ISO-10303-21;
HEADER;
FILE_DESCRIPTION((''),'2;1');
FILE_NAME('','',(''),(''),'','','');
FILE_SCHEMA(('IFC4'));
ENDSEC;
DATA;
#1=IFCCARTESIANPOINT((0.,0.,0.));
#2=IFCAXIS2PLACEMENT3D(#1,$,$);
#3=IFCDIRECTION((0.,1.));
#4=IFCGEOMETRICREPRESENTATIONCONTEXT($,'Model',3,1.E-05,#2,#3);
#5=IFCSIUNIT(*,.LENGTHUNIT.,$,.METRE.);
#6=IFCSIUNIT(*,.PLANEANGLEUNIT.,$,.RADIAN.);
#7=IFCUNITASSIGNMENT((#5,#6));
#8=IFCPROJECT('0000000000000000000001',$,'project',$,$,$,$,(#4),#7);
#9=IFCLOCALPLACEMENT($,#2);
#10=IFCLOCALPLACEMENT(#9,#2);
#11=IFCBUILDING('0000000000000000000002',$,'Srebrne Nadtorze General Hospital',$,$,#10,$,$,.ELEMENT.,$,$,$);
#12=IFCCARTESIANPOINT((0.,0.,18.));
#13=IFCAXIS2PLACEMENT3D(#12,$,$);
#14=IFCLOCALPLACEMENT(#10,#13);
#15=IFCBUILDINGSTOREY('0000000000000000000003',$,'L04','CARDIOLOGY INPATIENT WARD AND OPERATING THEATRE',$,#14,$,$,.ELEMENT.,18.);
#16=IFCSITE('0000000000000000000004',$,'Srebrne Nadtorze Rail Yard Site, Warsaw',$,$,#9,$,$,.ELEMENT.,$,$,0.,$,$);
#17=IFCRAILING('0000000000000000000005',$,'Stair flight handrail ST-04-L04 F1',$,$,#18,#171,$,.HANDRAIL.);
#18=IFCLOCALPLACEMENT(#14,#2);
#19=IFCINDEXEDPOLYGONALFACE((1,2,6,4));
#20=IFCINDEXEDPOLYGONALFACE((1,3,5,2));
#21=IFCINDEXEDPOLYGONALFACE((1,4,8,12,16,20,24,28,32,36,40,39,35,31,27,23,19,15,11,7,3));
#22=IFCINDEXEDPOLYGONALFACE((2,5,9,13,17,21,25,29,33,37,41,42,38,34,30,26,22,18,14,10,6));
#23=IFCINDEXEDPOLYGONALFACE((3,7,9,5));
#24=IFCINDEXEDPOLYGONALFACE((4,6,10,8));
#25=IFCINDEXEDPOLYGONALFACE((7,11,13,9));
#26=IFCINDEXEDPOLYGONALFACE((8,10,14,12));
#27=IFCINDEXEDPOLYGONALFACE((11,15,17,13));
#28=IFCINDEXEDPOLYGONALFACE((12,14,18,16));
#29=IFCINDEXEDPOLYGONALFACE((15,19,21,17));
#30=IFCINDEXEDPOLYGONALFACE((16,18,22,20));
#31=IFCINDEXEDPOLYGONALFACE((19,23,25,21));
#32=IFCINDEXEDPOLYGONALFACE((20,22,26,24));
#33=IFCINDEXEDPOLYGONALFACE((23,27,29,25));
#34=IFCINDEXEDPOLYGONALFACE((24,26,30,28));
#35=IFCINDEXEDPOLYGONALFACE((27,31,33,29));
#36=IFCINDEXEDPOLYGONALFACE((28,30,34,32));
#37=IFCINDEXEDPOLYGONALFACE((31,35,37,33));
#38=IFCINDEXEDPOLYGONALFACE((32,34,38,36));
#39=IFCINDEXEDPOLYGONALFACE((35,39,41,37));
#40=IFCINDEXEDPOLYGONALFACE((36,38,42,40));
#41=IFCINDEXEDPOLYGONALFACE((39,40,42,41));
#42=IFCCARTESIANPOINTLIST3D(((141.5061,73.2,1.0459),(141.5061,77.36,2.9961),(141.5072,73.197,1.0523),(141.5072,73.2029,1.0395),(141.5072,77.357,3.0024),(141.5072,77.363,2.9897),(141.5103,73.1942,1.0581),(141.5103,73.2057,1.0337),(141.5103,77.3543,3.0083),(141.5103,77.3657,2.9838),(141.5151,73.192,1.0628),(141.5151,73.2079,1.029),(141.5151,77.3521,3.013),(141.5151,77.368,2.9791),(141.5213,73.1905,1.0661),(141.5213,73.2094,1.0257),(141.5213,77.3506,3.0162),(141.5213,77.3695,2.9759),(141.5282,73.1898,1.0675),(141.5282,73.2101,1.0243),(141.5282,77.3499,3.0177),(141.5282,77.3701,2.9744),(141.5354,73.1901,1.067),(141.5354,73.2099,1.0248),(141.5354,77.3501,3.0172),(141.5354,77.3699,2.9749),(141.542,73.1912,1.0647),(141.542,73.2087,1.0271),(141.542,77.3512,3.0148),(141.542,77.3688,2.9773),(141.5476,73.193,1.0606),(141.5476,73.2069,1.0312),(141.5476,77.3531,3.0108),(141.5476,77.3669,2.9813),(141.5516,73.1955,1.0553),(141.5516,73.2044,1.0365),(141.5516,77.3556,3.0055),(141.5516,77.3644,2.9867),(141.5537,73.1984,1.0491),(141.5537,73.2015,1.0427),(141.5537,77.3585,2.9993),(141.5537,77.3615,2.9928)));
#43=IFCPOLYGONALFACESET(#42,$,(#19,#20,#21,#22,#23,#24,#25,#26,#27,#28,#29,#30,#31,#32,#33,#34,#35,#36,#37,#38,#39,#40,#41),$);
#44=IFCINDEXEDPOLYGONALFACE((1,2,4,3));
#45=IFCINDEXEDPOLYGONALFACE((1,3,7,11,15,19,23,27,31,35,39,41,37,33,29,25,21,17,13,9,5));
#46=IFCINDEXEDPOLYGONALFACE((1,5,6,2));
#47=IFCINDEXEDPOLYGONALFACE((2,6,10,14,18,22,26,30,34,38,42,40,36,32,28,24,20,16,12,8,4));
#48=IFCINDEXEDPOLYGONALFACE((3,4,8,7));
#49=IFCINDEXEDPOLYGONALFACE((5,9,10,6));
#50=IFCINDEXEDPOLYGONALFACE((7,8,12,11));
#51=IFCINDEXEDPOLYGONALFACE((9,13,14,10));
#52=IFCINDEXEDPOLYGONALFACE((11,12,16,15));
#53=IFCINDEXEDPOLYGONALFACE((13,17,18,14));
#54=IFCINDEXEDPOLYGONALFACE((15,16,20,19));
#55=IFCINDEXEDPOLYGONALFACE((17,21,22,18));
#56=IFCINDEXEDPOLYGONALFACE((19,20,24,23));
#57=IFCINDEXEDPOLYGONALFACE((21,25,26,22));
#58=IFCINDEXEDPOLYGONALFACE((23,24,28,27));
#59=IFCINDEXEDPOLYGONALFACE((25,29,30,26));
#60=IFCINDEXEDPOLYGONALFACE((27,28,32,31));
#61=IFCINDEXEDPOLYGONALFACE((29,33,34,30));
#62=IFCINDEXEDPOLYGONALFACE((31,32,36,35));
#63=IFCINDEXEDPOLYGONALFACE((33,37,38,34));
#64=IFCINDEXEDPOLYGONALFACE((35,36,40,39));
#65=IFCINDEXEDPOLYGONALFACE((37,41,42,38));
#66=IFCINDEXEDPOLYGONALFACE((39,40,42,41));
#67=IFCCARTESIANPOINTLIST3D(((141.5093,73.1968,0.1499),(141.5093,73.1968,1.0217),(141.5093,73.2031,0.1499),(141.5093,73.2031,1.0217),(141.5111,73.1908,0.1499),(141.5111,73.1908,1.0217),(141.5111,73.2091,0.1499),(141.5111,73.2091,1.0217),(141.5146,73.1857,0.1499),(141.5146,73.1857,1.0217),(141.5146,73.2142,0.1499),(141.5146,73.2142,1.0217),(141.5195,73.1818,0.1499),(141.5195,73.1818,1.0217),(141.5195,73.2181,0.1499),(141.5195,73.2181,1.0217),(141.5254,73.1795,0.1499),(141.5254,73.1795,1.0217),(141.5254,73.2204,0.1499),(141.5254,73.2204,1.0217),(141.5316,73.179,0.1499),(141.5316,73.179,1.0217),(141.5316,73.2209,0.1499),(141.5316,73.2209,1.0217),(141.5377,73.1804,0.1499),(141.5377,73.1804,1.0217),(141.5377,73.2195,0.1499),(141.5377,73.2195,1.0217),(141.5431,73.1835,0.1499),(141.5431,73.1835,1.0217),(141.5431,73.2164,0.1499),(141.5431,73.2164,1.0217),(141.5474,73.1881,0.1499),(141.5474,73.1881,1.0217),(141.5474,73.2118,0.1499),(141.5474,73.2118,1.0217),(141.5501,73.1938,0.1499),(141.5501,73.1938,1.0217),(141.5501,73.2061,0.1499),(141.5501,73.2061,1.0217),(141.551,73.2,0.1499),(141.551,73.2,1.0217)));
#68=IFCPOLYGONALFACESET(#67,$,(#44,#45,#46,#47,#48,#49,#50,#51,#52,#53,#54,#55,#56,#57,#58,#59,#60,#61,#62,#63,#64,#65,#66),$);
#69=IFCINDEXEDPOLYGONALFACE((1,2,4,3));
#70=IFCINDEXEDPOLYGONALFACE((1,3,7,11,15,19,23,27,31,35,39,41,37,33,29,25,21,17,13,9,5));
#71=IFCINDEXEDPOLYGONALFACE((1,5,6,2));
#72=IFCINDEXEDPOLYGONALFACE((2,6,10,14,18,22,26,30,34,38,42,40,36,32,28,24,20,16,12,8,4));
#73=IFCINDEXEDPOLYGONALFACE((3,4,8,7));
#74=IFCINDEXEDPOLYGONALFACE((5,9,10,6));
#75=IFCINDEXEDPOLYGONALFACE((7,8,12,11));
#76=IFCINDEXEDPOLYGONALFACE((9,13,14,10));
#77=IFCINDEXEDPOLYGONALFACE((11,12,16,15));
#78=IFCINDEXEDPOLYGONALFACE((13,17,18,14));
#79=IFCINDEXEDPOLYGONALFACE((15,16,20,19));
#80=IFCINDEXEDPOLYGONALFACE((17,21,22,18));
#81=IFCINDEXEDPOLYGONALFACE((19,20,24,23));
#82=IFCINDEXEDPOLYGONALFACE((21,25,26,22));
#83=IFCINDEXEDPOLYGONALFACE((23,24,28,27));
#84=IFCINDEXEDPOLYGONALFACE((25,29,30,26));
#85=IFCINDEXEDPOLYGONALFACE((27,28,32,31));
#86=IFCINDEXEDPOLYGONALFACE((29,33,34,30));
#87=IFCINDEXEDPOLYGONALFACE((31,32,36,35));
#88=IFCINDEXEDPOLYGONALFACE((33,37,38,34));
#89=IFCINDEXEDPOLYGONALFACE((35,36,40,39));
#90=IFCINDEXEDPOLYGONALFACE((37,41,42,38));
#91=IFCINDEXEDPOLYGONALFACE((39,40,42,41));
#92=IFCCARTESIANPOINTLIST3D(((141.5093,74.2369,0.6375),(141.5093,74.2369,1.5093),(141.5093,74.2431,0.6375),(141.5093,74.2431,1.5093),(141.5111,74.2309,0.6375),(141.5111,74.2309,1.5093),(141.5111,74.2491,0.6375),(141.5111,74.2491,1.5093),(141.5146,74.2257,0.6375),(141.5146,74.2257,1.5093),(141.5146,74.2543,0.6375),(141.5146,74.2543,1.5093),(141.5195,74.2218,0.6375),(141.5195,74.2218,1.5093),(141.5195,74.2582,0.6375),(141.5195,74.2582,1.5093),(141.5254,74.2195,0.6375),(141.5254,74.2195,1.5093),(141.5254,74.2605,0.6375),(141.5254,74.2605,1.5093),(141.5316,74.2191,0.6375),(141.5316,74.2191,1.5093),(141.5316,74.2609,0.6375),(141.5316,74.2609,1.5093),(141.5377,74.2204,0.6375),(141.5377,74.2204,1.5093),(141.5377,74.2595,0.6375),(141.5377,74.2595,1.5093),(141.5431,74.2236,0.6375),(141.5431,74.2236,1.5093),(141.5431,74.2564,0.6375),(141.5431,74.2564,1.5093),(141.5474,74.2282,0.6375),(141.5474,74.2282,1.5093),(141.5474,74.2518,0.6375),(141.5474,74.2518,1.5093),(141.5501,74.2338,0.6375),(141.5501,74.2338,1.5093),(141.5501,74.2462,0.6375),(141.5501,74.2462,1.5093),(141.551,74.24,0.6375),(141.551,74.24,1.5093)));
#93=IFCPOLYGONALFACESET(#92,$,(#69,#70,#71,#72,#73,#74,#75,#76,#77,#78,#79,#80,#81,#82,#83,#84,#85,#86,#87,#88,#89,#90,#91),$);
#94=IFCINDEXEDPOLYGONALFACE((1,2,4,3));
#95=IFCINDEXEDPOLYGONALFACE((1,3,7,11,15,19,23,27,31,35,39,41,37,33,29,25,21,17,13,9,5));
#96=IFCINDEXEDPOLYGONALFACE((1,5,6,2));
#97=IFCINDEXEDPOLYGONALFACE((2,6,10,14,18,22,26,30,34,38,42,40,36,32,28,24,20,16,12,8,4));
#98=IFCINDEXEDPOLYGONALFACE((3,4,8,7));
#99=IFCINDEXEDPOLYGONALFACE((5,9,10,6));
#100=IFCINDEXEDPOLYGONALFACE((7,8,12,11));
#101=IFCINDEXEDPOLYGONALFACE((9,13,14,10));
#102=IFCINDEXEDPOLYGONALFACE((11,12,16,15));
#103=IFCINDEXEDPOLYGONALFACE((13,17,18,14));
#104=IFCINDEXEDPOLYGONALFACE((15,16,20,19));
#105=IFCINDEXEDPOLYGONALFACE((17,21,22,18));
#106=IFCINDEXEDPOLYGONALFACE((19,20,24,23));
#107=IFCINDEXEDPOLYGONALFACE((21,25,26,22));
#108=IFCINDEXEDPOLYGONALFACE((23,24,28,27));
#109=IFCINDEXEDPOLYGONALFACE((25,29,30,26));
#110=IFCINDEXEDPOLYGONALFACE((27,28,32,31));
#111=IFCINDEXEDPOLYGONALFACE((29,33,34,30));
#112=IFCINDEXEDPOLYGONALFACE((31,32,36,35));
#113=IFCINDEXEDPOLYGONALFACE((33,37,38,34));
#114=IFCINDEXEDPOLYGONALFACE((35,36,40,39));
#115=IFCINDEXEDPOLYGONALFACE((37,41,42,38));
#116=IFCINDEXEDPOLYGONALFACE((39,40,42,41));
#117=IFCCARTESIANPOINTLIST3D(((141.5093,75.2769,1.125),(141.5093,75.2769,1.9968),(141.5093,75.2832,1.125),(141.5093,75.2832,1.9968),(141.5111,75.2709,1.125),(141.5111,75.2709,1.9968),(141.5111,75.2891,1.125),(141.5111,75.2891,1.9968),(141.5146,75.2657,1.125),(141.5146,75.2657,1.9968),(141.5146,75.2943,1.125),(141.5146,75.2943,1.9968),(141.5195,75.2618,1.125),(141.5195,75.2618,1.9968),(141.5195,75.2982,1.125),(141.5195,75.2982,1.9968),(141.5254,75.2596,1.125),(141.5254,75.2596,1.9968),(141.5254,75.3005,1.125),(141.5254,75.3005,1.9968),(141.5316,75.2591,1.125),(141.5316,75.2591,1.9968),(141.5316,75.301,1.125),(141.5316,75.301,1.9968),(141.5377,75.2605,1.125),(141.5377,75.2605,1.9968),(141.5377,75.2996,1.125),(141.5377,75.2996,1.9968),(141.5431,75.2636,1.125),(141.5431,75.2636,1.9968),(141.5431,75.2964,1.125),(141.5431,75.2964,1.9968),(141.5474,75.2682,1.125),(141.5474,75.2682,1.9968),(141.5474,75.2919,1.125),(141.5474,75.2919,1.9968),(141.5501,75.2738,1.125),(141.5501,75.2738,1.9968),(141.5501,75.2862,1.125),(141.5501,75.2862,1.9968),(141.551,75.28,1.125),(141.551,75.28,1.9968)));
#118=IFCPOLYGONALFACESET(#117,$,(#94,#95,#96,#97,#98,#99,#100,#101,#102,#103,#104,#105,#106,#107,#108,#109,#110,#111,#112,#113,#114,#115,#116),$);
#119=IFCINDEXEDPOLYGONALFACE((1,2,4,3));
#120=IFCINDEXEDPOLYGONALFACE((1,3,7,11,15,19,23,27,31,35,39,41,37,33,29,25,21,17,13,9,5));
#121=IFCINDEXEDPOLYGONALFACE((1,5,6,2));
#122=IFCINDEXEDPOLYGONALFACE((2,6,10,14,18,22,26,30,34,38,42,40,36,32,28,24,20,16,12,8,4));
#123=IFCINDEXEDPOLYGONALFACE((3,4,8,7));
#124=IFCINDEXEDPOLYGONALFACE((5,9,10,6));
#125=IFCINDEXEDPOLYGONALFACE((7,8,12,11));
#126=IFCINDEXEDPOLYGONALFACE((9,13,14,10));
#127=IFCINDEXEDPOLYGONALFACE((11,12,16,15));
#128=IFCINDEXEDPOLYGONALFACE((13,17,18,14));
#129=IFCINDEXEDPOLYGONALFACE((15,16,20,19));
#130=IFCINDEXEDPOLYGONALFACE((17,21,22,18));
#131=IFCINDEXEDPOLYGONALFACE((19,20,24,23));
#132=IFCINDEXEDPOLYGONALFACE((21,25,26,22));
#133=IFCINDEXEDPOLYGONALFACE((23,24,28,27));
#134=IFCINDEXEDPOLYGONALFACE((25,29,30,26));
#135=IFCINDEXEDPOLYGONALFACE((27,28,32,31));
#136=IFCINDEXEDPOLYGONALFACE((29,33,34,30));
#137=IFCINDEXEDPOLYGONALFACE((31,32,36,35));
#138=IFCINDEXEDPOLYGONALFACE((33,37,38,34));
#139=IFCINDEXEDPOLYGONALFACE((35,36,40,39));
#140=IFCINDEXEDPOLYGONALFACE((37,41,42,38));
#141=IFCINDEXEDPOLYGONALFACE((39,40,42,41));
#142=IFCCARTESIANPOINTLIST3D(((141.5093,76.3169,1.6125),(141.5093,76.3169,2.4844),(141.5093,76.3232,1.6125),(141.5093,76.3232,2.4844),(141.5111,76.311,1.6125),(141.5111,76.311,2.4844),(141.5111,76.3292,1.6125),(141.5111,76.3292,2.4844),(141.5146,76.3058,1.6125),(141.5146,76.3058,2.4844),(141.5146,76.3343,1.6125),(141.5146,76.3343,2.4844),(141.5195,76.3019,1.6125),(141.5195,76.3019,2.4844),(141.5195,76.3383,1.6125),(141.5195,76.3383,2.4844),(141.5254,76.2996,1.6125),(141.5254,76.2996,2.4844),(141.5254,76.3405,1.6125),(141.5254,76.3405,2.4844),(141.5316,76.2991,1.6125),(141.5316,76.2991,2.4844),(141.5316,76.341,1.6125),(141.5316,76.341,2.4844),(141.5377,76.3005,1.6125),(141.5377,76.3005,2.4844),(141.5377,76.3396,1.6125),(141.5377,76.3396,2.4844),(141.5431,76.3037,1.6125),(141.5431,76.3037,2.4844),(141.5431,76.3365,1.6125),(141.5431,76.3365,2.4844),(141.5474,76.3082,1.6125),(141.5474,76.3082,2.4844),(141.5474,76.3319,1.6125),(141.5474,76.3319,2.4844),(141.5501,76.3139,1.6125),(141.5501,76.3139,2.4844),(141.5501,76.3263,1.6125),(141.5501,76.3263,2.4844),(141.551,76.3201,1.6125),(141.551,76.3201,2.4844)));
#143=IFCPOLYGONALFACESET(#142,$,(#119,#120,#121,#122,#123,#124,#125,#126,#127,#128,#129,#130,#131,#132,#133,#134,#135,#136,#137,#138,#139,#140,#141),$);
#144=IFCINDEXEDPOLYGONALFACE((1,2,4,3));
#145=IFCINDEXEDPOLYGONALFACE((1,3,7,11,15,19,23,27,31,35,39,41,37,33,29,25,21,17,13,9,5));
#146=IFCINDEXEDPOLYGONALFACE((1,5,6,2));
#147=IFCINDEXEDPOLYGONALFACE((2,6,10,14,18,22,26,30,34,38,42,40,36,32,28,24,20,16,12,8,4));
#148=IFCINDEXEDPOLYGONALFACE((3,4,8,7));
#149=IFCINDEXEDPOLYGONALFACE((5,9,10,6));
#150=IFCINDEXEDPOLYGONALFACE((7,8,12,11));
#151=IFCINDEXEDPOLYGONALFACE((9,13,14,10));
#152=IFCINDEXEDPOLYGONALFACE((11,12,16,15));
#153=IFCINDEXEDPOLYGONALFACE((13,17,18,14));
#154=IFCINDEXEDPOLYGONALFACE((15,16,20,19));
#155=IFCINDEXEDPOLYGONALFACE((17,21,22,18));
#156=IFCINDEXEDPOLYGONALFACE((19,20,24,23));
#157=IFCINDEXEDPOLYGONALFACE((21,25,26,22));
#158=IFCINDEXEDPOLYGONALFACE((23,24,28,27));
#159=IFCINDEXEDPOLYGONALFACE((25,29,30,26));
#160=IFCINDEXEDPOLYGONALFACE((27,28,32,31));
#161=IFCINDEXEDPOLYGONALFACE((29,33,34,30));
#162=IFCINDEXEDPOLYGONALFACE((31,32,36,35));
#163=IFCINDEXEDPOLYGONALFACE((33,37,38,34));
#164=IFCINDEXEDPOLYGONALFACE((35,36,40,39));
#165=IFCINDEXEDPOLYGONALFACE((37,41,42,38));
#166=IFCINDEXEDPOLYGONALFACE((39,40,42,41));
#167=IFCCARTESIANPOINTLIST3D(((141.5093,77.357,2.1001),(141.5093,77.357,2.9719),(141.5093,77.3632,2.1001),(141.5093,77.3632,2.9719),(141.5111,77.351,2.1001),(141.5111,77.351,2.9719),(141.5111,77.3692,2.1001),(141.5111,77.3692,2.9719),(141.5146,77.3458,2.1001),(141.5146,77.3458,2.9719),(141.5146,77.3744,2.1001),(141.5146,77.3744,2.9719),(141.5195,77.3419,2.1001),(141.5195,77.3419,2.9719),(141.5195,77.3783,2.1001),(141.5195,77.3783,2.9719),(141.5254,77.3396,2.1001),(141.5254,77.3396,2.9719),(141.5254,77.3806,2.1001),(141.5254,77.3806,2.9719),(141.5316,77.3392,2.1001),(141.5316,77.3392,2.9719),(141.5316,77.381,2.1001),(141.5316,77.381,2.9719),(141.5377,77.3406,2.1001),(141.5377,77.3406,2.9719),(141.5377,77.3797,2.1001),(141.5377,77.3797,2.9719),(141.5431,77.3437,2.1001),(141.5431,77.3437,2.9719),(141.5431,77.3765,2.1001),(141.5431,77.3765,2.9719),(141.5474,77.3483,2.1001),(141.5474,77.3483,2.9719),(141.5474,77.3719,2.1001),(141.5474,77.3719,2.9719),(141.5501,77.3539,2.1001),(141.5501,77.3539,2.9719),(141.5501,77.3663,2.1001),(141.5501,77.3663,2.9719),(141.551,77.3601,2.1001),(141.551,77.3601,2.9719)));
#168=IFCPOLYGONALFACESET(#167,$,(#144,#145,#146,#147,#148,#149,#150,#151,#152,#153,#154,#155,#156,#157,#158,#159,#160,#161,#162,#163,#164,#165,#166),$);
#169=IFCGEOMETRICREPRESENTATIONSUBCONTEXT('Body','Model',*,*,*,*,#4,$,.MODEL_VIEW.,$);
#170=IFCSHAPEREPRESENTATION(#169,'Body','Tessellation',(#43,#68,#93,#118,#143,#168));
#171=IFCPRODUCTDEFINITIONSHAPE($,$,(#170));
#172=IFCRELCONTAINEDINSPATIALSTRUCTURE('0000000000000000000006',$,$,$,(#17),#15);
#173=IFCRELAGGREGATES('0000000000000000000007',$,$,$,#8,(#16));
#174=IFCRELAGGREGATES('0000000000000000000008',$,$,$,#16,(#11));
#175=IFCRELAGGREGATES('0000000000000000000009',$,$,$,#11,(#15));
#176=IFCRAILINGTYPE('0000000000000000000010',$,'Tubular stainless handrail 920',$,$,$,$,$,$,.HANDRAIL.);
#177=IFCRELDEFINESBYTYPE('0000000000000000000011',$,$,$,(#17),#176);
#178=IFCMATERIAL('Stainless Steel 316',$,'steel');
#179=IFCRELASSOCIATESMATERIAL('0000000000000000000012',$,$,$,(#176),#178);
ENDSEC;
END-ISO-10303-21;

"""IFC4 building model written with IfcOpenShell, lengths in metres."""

from ifc_helpers import new_model, si_unit, direction, frame, origin, origin_2d, place, context, subcontext, project, spatial, circle, extrude, material, type_object, element, save


model = new_model("IFC4")

# Units and contexts
model_context = context("Model", 3, precision=1e-05, world=origin(), true_north=direction((0.0, 1.0)))
body_context = subcontext(model_context, "Body", "Model", "MODEL_VIEW")
ifc_project = project(units=[si_unit("LENGTHUNIT", "METRE"), si_unit("PLANEANGLEUNIT", "RADIAN")], contexts=[model_context])

# Site, building, storey
site_placement = place(None, origin())
site = spatial("IfcSite", under=ifc_project, at=site_placement, Name="Srebrne Nadtorze Rail Yard Site, Warsaw", CompositionType="ELEMENT", RefElevation=0.0)
building_placement = place(site_placement, origin())
building = spatial("IfcBuilding", under=site, at=building_placement, Name="Srebrne Nadtorze General Hospital", CompositionType="ELEMENT")
storey_placement = place(building_placement, frame((0.0, 0.0, 18.0)))
storey = spatial("IfcBuildingStorey", under=building, at=storey_placement, Name="L04", Description="CARDIOLOGY INPATIENT WARD AND OPERATING THEATRE", CompositionType="ELEMENT", Elevation=18.0)

# Railing
ifc_material_1 = material(Name="Stainless Steel 316", Category="steel")
railing_type = type_object("IfcRailingType", Name="Tubular stainless handrail 920", PredefinedType="HANDRAIL", material=ifc_material_1)
railing_placement = place(storey_placement, frame((141.53, 73.2, 0.1499)))
element("IfcRailing", 1, at=railing_placement, inside=storey, type_object=railing_type, Name="Stair flight handrail ST-04-L04 F1", PredefinedType="HANDRAIL", context=body_context, shape_type="SweptSolid", body=[
    extrude(circle(Radius=0.0239, at=origin_2d()), frame((0.0, 0.0, 0.896), z_axis=(0.0, 0.905449, 0.424456), x_axis=(-1.0, 0.0, 0.0)), (0.0, 0.0, 1.0), 4.5945),
    extrude(circle(Radius=0.021, at=origin_2d()), origin(), (0.0, 0.0, 1.0), 0.8718),
    extrude(circle(Radius=0.021, at=origin_2d()), frame((0.0, 1.04, 0.4875)), (0.0, 0.0, 1.0), 0.8718),
    extrude(circle(Radius=0.021, at=origin_2d()), frame((0.0, 2.0801, 0.9751)), (0.0, 0.0, 1.0), 0.8718),
    extrude(circle(Radius=0.021, at=origin_2d()), frame((0.0, 3.1201, 1.4626)), (0.0, 0.0, 1.0), 0.8718),
    extrude(circle(Radius=0.021, at=origin_2d()), frame((0.0, 4.1602, 1.9502)), (0.0, 0.0, 1.0), 0.8718),
])

save(model, "model.ifc")
